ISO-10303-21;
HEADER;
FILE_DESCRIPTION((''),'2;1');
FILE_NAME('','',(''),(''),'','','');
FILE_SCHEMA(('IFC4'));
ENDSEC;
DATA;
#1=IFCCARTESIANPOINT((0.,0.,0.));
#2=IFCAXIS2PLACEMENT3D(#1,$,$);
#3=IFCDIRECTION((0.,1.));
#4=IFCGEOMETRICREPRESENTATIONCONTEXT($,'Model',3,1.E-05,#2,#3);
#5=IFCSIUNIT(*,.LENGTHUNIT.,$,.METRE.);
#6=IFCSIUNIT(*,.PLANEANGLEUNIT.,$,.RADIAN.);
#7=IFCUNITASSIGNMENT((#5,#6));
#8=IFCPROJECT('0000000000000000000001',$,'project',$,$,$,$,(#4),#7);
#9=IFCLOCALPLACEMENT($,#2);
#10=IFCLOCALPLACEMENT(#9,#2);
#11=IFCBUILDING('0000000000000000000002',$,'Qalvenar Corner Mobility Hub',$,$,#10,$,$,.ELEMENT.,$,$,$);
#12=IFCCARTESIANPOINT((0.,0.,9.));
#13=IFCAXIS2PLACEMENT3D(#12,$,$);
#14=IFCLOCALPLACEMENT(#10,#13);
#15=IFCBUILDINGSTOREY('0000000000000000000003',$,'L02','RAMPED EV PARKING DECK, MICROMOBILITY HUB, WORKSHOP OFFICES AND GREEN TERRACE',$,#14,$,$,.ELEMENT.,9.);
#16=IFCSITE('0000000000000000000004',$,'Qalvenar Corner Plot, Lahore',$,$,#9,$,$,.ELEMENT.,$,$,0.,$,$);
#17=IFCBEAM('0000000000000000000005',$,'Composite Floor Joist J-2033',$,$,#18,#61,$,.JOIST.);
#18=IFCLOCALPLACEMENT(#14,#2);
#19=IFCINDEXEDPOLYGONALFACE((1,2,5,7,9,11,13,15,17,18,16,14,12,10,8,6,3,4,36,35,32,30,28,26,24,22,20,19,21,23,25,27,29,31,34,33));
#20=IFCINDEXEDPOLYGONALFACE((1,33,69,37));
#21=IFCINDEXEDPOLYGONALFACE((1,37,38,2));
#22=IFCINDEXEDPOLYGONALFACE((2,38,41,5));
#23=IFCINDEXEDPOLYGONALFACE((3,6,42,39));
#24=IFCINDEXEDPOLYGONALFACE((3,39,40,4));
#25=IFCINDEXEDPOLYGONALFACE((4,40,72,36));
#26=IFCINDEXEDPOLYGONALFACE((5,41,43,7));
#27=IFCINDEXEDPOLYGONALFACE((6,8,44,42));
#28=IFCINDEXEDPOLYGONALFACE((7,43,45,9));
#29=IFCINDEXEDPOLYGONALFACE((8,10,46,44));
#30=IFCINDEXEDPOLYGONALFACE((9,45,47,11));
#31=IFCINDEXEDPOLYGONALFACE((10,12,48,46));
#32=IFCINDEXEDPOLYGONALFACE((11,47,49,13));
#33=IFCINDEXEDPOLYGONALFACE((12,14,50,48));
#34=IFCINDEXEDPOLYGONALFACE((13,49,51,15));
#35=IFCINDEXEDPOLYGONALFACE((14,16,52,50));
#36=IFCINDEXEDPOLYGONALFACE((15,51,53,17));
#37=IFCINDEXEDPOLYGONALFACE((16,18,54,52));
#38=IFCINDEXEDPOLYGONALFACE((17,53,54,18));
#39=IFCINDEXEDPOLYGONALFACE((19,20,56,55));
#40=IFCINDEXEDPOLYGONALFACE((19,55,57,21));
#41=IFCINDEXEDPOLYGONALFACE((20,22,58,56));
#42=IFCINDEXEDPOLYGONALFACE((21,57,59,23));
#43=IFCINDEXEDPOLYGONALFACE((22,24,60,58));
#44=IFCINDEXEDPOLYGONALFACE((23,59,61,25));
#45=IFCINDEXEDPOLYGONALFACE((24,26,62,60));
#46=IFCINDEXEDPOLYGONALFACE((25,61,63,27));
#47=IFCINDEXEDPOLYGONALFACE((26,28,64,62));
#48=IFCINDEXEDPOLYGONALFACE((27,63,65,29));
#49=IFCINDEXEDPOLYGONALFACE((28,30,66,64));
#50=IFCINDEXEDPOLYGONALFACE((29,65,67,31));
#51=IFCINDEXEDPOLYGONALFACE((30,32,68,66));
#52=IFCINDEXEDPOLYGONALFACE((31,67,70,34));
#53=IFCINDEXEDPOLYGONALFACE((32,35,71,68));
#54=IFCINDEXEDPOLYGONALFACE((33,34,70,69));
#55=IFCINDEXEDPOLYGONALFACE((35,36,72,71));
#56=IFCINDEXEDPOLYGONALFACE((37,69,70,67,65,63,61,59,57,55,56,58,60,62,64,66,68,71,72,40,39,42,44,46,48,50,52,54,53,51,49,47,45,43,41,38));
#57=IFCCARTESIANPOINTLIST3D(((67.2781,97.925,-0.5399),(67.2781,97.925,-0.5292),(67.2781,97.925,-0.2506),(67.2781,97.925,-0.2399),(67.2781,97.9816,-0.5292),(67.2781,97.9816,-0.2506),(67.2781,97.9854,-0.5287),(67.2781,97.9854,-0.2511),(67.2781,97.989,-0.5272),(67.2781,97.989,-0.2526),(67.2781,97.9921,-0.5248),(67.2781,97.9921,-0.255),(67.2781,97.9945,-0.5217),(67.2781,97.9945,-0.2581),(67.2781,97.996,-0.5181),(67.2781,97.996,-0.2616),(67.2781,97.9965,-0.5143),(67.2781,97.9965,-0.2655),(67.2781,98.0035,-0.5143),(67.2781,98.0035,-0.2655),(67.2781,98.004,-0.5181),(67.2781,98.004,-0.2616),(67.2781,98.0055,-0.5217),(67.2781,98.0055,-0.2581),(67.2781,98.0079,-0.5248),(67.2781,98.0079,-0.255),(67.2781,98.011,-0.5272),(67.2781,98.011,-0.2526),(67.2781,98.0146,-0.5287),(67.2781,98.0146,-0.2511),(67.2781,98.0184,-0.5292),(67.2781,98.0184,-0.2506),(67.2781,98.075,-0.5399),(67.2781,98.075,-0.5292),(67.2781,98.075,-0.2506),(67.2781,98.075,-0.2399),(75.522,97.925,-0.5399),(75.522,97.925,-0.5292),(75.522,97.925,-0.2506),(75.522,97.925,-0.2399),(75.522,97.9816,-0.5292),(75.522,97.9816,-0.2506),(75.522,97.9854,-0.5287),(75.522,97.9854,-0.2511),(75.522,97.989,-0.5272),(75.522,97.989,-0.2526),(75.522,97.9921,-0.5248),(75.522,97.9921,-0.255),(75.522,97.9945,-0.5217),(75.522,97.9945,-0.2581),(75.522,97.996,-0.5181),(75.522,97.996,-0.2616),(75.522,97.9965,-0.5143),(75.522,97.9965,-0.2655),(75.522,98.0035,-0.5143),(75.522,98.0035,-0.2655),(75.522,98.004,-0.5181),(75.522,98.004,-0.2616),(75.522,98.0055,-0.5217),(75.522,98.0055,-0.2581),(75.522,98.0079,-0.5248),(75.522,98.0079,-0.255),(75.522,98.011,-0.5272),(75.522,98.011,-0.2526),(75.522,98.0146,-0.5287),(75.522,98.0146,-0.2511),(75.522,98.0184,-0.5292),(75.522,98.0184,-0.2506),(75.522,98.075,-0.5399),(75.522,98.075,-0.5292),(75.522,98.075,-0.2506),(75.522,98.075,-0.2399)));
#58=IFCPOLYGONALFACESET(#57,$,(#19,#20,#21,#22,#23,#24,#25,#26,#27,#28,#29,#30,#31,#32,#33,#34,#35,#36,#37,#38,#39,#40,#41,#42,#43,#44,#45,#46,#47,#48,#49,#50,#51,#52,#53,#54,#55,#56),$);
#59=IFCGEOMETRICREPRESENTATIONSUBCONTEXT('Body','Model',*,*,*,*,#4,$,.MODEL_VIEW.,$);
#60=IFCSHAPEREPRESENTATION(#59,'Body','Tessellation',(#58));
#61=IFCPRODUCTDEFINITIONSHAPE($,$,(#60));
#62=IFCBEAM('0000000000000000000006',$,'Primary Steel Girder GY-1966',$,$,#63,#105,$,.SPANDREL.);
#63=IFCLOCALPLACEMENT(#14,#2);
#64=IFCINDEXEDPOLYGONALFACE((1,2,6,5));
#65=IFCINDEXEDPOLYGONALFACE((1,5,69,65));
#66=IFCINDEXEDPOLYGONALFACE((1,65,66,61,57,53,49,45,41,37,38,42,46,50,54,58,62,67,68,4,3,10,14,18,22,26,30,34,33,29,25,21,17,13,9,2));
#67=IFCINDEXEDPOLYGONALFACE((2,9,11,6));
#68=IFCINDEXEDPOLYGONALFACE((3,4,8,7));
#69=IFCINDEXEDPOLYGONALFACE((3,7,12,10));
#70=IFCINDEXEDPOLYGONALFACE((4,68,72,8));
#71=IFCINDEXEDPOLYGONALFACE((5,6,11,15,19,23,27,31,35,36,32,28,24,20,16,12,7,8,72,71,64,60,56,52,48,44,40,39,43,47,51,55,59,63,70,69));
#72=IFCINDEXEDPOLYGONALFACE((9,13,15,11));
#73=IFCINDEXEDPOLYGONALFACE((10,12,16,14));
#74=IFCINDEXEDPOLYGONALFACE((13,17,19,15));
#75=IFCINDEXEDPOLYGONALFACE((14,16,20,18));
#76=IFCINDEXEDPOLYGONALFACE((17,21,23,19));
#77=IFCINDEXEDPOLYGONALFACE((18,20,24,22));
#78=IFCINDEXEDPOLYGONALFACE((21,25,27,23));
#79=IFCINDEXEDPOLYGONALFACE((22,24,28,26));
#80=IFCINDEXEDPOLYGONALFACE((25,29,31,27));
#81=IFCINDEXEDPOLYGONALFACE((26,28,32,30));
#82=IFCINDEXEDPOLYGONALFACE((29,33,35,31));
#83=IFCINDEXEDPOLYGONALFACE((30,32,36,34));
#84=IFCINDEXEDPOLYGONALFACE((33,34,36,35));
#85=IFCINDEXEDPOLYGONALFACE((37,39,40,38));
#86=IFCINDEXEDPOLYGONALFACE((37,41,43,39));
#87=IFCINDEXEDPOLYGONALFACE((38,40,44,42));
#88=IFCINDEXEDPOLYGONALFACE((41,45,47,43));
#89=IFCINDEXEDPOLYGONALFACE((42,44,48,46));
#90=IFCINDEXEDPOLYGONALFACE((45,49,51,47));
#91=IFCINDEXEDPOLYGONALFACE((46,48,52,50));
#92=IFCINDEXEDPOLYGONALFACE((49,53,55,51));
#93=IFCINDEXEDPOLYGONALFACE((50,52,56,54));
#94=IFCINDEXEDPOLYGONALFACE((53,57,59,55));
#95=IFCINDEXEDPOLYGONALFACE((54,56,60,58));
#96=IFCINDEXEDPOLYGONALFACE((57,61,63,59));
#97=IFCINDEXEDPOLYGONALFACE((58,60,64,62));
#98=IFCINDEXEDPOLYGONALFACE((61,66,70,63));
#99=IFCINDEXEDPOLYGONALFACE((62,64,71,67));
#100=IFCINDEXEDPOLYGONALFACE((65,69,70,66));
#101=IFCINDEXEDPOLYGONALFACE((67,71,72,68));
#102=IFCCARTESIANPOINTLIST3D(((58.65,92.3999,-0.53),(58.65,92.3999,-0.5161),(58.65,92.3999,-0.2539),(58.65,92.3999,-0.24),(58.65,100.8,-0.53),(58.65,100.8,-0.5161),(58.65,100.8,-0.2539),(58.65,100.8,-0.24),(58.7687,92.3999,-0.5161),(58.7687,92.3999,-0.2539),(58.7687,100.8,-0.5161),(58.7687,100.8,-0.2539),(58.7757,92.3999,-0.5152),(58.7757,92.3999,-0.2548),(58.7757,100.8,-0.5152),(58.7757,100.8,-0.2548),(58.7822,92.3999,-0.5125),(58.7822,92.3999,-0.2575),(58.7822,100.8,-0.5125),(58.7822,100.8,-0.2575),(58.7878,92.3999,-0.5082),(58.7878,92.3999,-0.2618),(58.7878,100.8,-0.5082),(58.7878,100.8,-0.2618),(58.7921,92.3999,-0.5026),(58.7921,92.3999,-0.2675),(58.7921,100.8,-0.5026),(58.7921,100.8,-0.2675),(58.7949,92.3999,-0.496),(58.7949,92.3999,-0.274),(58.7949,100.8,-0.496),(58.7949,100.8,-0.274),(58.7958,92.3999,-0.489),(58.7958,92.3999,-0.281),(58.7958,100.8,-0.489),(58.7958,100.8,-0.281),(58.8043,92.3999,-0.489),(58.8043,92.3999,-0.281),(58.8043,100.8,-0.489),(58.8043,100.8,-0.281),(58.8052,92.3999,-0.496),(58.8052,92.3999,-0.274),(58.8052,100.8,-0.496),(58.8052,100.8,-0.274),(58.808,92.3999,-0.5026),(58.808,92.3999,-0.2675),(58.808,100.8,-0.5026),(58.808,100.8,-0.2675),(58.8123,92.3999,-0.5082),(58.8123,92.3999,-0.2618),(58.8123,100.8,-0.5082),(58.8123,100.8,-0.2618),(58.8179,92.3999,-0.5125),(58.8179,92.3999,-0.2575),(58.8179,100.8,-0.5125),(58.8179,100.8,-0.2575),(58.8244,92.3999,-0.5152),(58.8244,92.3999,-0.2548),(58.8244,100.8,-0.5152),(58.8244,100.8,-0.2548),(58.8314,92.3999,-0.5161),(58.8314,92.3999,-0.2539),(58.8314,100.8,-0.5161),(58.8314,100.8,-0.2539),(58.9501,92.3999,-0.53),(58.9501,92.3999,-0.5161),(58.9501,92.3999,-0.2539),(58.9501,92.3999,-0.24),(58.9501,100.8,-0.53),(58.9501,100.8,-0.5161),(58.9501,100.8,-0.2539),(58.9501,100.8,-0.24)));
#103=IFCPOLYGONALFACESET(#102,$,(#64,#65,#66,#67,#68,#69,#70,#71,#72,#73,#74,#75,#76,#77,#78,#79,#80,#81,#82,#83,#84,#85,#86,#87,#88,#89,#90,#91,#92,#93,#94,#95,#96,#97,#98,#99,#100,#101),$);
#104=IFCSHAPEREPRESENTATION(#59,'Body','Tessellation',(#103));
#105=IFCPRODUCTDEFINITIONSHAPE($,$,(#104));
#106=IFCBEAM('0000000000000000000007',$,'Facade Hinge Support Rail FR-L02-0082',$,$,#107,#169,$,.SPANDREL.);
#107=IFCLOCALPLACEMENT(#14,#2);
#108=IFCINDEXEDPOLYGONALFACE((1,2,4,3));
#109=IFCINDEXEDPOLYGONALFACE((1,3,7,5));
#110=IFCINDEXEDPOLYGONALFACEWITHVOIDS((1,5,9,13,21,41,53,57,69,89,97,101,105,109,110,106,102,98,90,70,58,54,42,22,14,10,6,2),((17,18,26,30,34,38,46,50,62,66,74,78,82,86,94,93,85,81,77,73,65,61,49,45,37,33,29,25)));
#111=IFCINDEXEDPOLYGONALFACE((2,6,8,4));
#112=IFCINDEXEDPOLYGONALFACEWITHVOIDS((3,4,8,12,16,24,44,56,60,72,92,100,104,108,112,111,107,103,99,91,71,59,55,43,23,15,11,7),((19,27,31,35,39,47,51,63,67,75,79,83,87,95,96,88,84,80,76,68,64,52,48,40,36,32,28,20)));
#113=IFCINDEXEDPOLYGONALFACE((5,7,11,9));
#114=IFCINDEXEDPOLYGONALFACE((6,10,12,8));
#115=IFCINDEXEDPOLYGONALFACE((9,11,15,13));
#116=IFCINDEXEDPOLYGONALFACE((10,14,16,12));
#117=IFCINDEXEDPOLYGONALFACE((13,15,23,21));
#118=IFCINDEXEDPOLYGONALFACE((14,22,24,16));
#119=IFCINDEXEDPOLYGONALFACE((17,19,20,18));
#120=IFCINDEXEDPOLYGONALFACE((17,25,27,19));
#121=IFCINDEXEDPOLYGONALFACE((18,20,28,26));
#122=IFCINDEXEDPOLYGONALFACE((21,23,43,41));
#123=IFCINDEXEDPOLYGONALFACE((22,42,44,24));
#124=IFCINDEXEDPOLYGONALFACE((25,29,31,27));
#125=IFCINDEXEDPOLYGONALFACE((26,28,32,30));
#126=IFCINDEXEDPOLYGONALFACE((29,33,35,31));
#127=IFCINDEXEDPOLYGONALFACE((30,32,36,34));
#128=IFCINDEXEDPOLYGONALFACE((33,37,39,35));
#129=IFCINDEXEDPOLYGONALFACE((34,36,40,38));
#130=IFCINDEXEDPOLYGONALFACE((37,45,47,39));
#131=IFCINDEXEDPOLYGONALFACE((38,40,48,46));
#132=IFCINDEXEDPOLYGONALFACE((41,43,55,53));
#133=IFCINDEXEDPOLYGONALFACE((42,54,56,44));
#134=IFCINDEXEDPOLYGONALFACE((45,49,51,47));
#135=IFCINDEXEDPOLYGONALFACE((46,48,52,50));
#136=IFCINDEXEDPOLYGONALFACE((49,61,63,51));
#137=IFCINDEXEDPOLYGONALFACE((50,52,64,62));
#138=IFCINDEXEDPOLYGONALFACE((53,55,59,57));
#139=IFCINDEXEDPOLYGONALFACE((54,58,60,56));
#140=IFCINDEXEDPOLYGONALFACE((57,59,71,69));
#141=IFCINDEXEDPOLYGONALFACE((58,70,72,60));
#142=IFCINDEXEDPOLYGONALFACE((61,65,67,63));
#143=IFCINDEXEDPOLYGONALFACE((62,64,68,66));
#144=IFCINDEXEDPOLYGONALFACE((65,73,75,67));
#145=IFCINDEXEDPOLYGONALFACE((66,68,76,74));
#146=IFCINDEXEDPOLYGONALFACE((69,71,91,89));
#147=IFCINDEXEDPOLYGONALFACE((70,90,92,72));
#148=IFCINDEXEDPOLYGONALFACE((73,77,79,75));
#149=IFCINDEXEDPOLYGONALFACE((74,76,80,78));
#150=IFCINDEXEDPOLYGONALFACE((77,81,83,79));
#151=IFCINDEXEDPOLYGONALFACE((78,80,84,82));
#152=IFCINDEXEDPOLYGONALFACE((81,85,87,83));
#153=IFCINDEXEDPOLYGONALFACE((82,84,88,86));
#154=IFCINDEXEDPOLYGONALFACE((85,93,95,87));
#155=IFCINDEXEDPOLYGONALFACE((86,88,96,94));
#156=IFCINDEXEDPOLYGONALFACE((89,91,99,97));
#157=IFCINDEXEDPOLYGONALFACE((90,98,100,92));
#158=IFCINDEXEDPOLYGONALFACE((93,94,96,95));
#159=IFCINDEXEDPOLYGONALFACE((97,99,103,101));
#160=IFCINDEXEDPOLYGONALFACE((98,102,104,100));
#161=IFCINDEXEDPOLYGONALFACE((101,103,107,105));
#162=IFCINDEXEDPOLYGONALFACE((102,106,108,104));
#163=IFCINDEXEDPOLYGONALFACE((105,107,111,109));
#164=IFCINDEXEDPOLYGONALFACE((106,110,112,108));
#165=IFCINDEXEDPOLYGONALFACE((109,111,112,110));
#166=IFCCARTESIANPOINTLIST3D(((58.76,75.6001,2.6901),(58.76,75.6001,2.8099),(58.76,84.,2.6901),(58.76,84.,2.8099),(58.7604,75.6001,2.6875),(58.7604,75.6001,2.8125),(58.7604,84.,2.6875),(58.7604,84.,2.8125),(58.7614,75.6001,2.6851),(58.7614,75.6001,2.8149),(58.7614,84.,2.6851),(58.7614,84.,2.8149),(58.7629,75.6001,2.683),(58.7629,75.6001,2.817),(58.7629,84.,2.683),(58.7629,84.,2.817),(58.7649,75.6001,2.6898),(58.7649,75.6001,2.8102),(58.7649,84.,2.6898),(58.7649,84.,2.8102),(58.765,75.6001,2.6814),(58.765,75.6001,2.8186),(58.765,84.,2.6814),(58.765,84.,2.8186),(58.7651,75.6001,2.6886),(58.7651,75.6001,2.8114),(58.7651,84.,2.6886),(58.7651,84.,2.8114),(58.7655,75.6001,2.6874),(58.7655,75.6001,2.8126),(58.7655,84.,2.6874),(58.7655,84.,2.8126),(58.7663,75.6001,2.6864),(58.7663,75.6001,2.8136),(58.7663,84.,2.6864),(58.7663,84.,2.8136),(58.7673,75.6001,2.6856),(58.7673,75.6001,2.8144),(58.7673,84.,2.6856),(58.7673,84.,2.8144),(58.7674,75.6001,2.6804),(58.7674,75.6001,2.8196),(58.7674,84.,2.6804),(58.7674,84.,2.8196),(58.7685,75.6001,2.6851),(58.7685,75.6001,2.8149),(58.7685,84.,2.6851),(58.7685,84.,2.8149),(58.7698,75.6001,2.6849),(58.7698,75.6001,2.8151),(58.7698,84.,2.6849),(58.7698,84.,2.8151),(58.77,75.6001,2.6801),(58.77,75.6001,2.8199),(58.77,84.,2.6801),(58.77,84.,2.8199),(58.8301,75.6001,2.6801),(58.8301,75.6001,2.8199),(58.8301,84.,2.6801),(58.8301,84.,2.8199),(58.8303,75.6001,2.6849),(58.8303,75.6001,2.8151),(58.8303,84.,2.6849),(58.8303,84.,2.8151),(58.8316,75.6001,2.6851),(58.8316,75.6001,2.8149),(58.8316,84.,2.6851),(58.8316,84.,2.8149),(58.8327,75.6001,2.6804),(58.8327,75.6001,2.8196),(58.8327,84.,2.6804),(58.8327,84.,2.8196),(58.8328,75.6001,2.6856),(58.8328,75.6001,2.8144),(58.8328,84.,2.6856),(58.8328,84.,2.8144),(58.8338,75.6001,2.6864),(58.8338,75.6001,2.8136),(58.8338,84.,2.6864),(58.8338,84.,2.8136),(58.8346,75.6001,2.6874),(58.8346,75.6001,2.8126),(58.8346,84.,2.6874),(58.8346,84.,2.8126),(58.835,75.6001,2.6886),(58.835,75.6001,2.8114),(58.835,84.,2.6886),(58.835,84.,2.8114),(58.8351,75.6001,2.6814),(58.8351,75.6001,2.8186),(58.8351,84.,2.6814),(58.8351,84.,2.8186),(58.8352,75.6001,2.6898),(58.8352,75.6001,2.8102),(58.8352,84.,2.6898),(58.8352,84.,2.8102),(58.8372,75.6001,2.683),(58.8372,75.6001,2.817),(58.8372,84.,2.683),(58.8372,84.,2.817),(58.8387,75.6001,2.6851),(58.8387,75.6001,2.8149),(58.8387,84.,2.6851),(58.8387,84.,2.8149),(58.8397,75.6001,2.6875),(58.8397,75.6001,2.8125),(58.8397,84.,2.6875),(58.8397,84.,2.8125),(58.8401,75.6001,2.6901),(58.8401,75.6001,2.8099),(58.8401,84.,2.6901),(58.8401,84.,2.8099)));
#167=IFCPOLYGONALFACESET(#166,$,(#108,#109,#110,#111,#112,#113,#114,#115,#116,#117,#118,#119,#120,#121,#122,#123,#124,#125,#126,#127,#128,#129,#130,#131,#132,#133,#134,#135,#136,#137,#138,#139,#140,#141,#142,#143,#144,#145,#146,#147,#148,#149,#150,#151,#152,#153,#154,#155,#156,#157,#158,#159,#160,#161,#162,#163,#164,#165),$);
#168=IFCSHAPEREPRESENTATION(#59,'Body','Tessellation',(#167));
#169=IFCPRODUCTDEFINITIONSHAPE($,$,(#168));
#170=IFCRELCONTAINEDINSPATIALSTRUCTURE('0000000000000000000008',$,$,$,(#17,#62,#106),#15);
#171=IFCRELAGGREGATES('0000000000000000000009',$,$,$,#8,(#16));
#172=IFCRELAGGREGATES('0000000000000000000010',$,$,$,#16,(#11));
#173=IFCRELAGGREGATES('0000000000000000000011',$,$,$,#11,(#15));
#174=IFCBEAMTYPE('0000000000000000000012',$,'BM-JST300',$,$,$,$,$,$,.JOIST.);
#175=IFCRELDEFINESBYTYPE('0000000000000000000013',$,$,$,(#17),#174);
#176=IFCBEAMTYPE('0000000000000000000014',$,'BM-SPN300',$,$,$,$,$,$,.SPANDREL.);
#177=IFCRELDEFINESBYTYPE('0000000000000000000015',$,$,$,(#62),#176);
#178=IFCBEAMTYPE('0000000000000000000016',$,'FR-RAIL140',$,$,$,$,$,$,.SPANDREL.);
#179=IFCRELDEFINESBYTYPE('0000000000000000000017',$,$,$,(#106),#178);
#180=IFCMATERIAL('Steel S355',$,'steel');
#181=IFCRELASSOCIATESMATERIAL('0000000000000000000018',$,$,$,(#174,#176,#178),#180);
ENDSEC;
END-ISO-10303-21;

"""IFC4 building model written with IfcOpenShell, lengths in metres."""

from ifc_helpers import new_model, si_unit, direction, frame, origin, origin_2d, place, context, subcontext, project, spatial, hollow_rectangle, i_section, extrude, material, material_profile, profile_set, type_object, element, save


model = new_model("IFC4")

# Units and contexts
model_context = context("Model", 3, precision=1e-05, world=origin(), true_north=direction((0.0, 1.0)))
body_context = subcontext(model_context, "Body", "Model", "MODEL_VIEW")
ifc_project = project(units=[si_unit("LENGTHUNIT", "METRE"), si_unit("PLANEANGLEUNIT", "RADIAN")], contexts=[model_context])

# Site, building, storey
site_placement = place(None, origin())
site = spatial("IfcSite", under=ifc_project, at=site_placement, Name="Qalvenar Corner Plot, Lahore", CompositionType="ELEMENT", RefElevation=0.0)
building_placement = place(site_placement, origin())
building = spatial("IfcBuilding", under=site, at=building_placement, Name="Qalvenar Corner Mobility Hub", CompositionType="ELEMENT")
storey_placement = place(building_placement, frame((0.0, 0.0, 9.0)))
storey = spatial("IfcBuildingStorey", under=building, at=storey_placement, Name="L02", Description="RAMPED EV PARKING DECK, MICROMOBILITY HUB, WORKSHOP OFFICES AND GREEN TERRACE", CompositionType="ELEMENT", Elevation=9.0)

# Shared definitions
ifc_material_1 = material(Name="Steel S355", Category="steel")

# Beams
ifc_material_profile_1 = material_profile(ifc_material_1, i_section(OverallWidth=0.1499, OverallDepth=0.3, WebThickness=0.0071, FlangeThickness=0.0107, FilletRadius=0.0149, at=origin_2d()), Name="IPE300")
ifc_profile_set_1 = profile_set([ifc_material_profile_1], Name="Steel S355")
beam_type_1 = type_object("IfcBeamType", Name="BM-JST300", PredefinedType="JOIST", material=ifc_profile_set_1)
for number, where, z_axis, x_axis, name in (
    (1, (67.2781, 98.0, -0.3899), (1.0, 0.0, 0.0), (0.0, 1.0, 0.0), "Composite Floor Joist J-2033"),
):
    element("IfcBeam", number, at=place(storey_placement, frame(where, z_axis=z_axis, x_axis=x_axis)), inside=storey, type_object=beam_type_1, Name=name, PredefinedType="JOIST", context=body_context, shape_type="SweptSolid", body=[
        extrude(i_section(OverallWidth=0.1499, OverallDepth=0.3, WebThickness=0.0071, FlangeThickness=0.0107, FilletRadius=0.0149, at=origin_2d()), origin(), (0.0, 0.0, 1.0), 8.2439),
    ])
ifc_material_profile_2 = material_profile(ifc_material_1, i_section(OverallWidth=0.3, OverallDepth=0.29, WebThickness=0.0085, FlangeThickness=0.0139, FilletRadius=0.0271, at=origin_2d()), Name="HEA300")
ifc_profile_set_2 = profile_set([ifc_material_profile_2], Name="Steel S355")
beam_type_2 = type_object("IfcBeamType", Name="BM-SPN300", PredefinedType="SPANDREL", material=ifc_profile_set_2)
beam_1_placement = place(storey_placement, frame((58.8, 92.3999, -0.385), z_axis=(0.0, 1.0, 0.0), x_axis=(-1.0, 0.0, 0.0)))
element("IfcBeam", 2, at=beam_1_placement, inside=storey, type_object=beam_type_2, Name="Primary Steel Girder GY-1966", PredefinedType="SPANDREL", context=body_context, shape_type="SweptSolid", body=[
    extrude(i_section(OverallWidth=0.3, OverallDepth=0.29, WebThickness=0.0085, FlangeThickness=0.0139, FilletRadius=0.0271, at=origin_2d()), origin(), (0.0, 0.0, 1.0), 8.4001),
])
ifc_material_profile_3 = material_profile(ifc_material_1, hollow_rectangle(XDim=0.0801, YDim=0.1399, WallThickness=0.0049, InnerFilletRadius=0.0049, OuterFilletRadius=0.01, at=origin_2d()), Name="RHS140x80x5")
ifc_profile_set_3 = profile_set([ifc_material_profile_3], Name="Steel S355")
beam_type_3 = type_object("IfcBeamType", Name="FR-RAIL140", PredefinedType="SPANDREL", material=ifc_profile_set_3)
beam_2_placement = place(storey_placement, frame((58.8, 84.0, 2.75), z_axis=(0.0, -1.0, 0.0), x_axis=(1.0, 0.0, 0.0)))
element("IfcBeam", 3, at=beam_2_placement, inside=storey, type_object=beam_type_3, Name="Facade Hinge Support Rail FR-L02-0082", PredefinedType="SPANDREL", context=body_context, shape_type="SweptSolid", body=[
    extrude(hollow_rectangle(XDim=0.0801, YDim=0.1399, WallThickness=0.0049, InnerFilletRadius=0.0049, OuterFilletRadius=0.01, at=origin_2d()), origin(), (0.0, 0.0, 1.0), 8.3999),
])

save(model, "model.ifc")
